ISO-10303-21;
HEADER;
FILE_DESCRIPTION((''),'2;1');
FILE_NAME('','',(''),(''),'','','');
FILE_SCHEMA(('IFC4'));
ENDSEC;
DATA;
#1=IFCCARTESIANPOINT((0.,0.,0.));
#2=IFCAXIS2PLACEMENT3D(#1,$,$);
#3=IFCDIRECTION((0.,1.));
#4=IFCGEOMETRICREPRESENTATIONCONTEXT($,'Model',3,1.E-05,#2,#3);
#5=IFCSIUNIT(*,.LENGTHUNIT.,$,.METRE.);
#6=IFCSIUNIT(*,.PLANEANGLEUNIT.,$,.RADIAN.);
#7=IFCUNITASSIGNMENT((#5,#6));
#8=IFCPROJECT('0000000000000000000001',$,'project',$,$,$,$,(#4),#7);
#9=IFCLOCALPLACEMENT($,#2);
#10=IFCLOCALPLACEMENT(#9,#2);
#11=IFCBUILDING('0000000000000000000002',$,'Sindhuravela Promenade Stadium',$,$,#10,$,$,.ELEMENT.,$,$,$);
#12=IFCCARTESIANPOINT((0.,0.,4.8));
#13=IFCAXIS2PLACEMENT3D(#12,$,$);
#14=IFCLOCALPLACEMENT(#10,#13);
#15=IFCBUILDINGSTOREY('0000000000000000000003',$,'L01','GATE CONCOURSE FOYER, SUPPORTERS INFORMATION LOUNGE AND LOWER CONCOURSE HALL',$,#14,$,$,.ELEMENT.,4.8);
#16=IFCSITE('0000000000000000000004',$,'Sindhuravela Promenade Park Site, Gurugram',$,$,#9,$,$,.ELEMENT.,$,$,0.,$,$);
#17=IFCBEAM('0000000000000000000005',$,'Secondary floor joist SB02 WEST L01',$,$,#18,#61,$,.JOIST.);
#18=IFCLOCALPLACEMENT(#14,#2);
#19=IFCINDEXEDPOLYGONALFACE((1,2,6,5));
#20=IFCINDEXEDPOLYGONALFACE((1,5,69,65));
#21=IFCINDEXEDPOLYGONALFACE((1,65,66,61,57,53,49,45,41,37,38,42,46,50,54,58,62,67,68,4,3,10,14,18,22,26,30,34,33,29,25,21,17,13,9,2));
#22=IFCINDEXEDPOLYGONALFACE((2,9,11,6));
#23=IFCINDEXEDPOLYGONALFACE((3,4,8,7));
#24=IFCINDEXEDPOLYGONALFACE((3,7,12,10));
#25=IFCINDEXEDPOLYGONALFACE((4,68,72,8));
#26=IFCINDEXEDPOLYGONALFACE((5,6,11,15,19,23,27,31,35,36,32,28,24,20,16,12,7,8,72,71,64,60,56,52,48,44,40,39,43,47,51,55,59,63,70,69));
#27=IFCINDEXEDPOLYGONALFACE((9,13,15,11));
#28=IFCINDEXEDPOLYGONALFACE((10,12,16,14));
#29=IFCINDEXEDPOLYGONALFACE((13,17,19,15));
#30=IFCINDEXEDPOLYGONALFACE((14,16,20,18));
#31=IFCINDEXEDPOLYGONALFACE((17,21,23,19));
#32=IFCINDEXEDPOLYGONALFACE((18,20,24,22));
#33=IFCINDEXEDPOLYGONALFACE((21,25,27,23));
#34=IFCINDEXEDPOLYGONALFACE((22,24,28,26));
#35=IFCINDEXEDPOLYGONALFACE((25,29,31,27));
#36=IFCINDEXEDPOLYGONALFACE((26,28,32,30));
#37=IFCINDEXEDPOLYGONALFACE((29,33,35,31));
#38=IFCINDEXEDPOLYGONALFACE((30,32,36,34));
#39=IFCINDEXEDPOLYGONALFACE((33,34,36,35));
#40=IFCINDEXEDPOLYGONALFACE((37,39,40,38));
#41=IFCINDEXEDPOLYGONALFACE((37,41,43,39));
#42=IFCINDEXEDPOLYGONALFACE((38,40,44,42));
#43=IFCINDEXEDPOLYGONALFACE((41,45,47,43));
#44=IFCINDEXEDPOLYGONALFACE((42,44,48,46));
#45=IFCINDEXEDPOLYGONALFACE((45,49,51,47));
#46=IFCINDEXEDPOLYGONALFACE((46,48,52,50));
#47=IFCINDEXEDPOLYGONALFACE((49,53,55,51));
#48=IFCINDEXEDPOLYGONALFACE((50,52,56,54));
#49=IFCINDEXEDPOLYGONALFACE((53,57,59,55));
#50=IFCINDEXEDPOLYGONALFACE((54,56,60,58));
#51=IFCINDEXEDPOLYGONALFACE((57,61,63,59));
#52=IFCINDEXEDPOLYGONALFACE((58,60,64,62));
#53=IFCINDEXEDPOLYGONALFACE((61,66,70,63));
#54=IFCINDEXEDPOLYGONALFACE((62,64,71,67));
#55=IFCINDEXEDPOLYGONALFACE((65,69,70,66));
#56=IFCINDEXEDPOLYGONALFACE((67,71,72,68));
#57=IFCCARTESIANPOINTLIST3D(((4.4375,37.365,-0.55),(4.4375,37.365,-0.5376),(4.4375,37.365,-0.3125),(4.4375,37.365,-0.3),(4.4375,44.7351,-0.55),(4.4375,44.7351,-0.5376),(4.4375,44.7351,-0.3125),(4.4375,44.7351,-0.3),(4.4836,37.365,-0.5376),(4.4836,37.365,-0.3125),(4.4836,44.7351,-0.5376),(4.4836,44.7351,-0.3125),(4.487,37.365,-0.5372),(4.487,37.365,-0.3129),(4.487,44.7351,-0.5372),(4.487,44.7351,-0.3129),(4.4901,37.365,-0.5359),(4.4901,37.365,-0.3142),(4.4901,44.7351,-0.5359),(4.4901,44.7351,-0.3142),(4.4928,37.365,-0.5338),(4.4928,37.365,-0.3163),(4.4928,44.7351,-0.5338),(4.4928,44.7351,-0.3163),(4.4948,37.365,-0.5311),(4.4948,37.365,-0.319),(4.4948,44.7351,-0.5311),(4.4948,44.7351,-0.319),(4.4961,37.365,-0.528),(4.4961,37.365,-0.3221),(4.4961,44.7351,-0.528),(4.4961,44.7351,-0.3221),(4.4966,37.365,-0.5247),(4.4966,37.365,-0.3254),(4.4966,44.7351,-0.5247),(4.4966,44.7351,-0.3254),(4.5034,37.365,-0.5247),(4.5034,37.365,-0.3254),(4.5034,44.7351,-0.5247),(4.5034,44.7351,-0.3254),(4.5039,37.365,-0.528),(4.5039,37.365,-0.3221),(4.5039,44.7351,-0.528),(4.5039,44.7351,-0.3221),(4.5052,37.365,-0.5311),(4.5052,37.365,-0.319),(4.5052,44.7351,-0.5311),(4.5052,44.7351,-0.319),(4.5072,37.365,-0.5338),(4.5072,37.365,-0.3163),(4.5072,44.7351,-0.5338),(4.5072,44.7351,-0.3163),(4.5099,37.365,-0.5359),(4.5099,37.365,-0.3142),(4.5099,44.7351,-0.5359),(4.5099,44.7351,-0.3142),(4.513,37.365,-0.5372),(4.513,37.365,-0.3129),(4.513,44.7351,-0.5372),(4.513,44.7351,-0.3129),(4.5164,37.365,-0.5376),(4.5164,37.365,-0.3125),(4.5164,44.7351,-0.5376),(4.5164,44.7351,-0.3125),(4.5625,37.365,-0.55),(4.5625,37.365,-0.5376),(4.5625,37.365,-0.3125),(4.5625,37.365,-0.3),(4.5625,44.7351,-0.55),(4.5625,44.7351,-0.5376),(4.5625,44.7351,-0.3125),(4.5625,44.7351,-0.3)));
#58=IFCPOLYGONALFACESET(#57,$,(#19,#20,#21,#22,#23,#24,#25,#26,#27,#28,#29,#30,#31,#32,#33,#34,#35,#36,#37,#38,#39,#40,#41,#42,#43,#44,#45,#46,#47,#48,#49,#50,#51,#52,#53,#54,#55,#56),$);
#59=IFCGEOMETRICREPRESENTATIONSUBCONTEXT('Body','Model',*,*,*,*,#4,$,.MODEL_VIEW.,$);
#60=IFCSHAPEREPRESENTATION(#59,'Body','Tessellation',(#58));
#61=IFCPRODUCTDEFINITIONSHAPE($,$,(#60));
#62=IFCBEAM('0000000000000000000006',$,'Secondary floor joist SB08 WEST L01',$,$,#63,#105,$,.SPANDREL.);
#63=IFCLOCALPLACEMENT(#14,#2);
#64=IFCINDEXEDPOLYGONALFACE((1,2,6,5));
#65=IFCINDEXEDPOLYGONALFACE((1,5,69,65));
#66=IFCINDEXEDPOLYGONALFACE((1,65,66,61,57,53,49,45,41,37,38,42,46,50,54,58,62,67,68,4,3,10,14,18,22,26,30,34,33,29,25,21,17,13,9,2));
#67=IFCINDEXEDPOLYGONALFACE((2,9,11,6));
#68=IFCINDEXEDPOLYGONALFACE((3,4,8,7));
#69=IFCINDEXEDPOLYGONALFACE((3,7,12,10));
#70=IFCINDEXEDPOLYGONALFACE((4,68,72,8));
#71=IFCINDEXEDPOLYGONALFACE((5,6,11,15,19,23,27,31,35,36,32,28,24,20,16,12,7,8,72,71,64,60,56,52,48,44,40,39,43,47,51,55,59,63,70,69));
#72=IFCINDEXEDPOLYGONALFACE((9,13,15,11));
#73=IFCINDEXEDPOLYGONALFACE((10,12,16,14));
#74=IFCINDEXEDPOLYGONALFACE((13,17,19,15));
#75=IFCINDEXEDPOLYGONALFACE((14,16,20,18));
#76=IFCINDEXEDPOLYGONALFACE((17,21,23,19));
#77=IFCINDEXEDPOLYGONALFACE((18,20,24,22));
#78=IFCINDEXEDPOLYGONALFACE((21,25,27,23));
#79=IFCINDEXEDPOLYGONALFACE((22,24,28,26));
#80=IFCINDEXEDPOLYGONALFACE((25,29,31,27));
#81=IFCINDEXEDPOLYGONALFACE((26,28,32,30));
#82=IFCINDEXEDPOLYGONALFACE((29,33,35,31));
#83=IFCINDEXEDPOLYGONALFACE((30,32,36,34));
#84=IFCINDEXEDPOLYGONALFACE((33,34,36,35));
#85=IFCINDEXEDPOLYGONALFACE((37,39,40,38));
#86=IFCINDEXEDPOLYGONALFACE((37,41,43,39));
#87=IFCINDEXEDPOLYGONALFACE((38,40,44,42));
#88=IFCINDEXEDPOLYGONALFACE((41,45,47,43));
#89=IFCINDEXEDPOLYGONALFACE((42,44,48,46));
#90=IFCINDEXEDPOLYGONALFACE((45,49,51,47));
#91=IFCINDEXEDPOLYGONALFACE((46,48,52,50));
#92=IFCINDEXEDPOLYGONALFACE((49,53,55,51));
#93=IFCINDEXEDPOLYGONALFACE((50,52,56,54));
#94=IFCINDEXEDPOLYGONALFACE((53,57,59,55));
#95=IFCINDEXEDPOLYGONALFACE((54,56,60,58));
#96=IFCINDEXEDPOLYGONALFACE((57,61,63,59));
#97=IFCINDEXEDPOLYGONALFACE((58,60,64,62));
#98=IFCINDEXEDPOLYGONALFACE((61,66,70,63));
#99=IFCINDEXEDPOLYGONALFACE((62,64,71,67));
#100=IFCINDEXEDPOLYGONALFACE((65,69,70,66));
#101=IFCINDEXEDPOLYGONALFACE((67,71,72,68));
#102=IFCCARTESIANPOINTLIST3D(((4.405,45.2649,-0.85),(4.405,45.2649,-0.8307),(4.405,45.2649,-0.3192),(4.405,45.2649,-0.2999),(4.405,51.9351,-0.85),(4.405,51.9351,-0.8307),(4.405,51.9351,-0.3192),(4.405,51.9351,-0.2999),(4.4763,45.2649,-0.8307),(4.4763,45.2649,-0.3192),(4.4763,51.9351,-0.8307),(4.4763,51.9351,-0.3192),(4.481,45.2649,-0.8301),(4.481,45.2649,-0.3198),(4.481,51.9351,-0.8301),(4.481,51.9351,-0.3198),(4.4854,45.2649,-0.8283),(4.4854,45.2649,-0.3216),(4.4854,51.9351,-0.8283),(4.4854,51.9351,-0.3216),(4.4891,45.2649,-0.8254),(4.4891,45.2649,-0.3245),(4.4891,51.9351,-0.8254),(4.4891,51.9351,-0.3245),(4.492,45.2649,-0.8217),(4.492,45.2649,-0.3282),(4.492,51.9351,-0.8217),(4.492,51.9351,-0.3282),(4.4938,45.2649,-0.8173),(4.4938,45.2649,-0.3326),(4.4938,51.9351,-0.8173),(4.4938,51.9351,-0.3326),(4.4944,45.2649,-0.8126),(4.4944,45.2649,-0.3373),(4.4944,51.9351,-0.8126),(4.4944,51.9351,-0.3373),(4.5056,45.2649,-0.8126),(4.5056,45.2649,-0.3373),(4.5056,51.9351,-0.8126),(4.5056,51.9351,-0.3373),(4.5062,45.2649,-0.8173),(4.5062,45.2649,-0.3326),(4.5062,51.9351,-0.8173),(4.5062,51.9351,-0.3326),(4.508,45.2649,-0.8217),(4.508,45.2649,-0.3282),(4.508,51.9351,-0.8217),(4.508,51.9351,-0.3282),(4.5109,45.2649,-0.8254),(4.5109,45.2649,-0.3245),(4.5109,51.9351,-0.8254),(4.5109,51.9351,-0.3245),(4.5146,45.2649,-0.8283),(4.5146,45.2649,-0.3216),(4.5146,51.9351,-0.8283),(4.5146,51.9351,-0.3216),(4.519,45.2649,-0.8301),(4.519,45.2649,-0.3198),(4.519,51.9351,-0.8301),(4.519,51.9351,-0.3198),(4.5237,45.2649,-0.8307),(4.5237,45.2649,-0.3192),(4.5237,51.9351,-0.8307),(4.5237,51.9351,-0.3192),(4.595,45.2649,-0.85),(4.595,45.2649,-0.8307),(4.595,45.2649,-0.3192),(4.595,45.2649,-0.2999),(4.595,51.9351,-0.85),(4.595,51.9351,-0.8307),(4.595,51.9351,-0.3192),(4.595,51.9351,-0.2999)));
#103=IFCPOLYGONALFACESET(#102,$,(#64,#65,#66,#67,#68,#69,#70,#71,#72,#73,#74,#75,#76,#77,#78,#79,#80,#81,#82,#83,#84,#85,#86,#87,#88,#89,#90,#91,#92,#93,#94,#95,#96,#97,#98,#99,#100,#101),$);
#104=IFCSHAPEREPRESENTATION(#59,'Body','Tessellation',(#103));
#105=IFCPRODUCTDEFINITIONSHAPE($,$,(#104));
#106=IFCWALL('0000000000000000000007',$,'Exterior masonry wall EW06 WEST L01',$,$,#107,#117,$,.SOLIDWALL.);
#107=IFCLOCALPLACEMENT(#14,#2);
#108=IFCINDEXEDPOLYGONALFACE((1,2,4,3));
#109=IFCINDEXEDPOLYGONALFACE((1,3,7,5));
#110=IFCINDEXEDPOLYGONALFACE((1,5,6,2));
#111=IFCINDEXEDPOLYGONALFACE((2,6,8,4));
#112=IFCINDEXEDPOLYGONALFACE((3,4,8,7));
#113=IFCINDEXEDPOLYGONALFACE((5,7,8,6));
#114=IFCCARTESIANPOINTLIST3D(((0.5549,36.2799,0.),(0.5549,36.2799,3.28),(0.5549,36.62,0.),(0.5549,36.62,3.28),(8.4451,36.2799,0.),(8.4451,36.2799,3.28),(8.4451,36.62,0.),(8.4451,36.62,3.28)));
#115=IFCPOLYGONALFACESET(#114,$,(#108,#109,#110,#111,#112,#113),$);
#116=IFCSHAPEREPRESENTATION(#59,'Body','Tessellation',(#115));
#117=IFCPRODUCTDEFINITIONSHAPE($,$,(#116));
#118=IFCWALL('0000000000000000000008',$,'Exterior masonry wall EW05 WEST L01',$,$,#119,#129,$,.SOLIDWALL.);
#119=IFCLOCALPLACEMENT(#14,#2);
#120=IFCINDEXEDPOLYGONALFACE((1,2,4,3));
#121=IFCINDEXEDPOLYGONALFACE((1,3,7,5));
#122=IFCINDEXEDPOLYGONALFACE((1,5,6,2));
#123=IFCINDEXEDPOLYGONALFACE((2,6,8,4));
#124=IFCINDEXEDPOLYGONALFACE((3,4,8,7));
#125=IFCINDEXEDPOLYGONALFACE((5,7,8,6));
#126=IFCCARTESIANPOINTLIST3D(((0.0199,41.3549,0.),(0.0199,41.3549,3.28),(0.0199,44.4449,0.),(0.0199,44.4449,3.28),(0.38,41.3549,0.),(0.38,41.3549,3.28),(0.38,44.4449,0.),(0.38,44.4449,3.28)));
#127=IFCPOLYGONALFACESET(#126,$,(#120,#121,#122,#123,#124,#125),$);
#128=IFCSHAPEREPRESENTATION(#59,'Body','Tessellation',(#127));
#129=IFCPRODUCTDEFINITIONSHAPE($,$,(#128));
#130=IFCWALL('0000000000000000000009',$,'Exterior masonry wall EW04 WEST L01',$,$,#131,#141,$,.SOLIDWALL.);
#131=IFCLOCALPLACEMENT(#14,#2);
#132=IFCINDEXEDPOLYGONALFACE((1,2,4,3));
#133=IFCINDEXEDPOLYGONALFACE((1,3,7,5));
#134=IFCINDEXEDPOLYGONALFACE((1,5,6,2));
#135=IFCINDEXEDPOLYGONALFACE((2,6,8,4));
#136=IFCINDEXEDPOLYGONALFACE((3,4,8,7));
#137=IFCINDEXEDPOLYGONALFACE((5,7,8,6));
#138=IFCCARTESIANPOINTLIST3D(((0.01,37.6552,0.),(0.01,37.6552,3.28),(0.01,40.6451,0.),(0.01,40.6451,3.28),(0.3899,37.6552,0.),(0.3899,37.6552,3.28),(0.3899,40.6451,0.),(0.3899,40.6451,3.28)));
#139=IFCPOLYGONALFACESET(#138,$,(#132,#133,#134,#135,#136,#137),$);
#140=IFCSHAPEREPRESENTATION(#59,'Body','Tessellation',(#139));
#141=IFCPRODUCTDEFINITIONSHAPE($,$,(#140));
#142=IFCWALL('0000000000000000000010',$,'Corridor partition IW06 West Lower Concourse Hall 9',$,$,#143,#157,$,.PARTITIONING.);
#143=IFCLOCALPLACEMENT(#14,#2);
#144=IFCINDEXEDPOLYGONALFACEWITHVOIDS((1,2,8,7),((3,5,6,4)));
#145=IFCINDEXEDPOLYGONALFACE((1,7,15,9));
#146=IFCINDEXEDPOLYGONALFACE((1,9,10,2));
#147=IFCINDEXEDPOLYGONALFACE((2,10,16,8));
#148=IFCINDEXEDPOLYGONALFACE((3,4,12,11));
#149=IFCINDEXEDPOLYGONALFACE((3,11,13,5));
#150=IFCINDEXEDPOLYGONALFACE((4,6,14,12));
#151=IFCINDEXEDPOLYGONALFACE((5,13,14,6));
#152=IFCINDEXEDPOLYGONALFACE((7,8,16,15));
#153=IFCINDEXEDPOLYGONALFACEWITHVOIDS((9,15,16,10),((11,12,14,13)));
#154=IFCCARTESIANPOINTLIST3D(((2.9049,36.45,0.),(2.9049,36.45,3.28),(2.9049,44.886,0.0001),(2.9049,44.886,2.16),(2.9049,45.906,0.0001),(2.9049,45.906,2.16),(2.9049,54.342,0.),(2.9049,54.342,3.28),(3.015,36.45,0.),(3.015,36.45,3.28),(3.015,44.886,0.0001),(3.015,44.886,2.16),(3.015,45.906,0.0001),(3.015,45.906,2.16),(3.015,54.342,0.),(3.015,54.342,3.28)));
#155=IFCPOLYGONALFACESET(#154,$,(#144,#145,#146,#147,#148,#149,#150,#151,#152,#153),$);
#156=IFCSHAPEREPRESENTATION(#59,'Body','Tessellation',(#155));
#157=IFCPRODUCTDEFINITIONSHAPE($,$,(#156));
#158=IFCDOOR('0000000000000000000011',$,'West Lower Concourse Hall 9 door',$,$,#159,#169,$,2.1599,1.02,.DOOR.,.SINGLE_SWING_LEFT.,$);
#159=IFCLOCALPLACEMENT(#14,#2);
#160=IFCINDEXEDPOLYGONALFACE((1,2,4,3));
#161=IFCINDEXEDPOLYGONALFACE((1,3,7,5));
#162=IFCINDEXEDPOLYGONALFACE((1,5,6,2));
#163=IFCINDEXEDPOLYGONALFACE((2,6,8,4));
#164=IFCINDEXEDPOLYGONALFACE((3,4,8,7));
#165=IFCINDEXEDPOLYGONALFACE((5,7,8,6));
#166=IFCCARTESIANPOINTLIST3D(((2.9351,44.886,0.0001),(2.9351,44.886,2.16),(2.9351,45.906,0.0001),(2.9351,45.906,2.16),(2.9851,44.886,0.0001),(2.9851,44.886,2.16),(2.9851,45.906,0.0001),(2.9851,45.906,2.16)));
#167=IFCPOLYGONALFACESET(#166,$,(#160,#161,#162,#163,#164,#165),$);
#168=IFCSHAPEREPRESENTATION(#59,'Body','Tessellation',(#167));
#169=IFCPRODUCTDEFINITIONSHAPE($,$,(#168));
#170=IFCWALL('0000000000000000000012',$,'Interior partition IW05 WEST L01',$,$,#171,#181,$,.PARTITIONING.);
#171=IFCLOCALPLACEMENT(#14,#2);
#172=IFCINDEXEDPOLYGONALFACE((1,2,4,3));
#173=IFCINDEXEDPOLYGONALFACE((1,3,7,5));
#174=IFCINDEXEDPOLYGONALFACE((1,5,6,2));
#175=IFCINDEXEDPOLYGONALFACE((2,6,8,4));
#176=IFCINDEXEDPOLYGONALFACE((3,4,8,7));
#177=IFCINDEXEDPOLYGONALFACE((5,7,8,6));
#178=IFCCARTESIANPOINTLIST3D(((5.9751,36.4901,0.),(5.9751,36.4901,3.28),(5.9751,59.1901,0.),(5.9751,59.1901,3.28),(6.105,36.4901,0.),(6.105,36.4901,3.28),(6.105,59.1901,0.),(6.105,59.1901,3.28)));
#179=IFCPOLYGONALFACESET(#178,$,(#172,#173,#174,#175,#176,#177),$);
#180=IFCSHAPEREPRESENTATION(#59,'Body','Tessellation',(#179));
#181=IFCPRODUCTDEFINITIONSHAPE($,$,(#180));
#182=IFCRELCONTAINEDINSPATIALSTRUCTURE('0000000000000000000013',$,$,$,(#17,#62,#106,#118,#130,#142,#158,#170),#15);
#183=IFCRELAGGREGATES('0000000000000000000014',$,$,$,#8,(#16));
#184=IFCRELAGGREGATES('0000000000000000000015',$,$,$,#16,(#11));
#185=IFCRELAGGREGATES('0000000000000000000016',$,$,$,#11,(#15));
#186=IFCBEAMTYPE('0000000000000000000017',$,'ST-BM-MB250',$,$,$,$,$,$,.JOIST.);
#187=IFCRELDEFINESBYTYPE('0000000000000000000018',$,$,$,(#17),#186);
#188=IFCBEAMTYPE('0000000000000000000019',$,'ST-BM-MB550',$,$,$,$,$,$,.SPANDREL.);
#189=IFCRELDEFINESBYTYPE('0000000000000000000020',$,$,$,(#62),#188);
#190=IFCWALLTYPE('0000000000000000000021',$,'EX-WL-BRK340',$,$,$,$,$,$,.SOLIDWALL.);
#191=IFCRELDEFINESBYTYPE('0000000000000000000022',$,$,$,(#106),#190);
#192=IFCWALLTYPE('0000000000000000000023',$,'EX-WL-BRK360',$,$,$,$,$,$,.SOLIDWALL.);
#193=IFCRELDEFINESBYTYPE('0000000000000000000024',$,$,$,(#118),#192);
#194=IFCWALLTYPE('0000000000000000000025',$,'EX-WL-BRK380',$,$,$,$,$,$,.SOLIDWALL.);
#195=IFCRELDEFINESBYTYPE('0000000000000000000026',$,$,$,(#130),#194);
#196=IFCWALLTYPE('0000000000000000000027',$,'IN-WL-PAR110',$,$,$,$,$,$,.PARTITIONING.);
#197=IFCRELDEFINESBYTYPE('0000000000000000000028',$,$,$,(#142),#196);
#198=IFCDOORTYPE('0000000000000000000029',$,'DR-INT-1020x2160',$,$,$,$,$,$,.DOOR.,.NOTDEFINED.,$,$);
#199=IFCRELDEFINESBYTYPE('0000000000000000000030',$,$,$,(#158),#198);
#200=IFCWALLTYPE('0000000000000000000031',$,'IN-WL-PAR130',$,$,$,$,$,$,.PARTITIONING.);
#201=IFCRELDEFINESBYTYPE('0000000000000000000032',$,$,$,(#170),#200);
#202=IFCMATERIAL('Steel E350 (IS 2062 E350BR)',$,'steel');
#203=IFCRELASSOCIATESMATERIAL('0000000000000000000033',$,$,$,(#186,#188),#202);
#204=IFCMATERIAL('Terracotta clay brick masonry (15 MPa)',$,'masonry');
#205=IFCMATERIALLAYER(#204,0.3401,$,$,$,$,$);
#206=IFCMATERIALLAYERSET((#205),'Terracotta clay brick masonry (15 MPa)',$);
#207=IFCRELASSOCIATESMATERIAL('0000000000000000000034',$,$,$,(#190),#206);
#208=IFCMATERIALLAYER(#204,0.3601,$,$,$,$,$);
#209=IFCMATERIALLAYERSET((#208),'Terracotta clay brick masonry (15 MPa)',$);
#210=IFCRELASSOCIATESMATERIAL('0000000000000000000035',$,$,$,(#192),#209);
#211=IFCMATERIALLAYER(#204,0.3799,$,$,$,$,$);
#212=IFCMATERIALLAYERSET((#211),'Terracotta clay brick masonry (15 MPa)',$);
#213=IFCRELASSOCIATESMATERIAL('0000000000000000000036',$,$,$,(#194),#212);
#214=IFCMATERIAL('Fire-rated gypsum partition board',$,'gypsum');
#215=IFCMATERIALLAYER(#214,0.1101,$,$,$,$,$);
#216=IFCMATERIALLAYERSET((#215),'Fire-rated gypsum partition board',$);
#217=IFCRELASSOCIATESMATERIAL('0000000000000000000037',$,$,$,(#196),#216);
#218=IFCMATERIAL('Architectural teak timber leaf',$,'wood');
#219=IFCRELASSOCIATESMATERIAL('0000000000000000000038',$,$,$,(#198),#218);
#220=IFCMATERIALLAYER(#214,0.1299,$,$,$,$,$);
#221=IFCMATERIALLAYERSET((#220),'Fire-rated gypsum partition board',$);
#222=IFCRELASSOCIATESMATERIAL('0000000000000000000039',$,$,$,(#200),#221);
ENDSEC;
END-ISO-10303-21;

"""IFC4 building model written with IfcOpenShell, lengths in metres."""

from ifc_helpers import new_model, si_unit, direction, frame, frame_2d, origin, origin_2d, place, context, subcontext, project, spatial, rectangle, i_section, extrude, material, layer, layer_set, material_profile, profile_set, type_object, element, fill, save


model = new_model("IFC4")

# Units and contexts
model_context = context("Model", 3, precision=1e-05, world=origin(), true_north=direction((0.0, 1.0)))
body_context = subcontext(model_context, "Body", "Model", "MODEL_VIEW")
ifc_project = project(units=[si_unit("LENGTHUNIT", "METRE"), si_unit("PLANEANGLEUNIT", "RADIAN")], contexts=[model_context])

# Site, building, storey
site_placement = place(None, origin())
site = spatial("IfcSite", under=ifc_project, at=site_placement, Name="Sindhuravela Promenade Park Site, Gurugram", CompositionType="ELEMENT", RefElevation=0.0)
building_placement = place(site_placement, origin())
building = spatial("IfcBuilding", under=site, at=building_placement, Name="Sindhuravela Promenade Stadium", CompositionType="ELEMENT")
storey_placement = place(building_placement, frame((0.0, 0.0, 4.8)))
storey = spatial("IfcBuildingStorey", under=building, at=storey_placement, Name="L01", Description="GATE CONCOURSE FOYER, SUPPORTERS INFORMATION LOUNGE AND LOWER CONCOURSE HALL", CompositionType="ELEMENT", Elevation=4.8)

# Beams
ifc_material_1 = material(Name="Steel E350 (IS 2062 E350BR)", Category="steel")
ifc_material_profile_1 = material_profile(ifc_material_1, i_section(OverallWidth=0.125, OverallDepth=0.25, WebThickness=0.0068, FlangeThickness=0.0125, FilletRadius=0.0129, at=origin_2d()), Name="ISMB 250")
ifc_profile_set_1 = profile_set([ifc_material_profile_1], Name="Steel E350 (IS 2062 E350BR)")
beam_type_1 = type_object("IfcBeamType", Name="ST-BM-MB250", PredefinedType="JOIST", material=ifc_profile_set_1)
beam_1_placement = place(storey_placement, frame((4.5, 37.365, -0.425), z_axis=(0.0, 1.0, 0.0), x_axis=(-1.0, 0.0, 0.0)))
element("IfcBeam", 1, at=beam_1_placement, inside=storey, type_object=beam_type_1, Name="Secondary floor joist SB02 WEST L01", PredefinedType="JOIST", context=body_context, shape_type="SweptSolid", body=[
    extrude(i_section(OverallWidth=0.125, OverallDepth=0.25, WebThickness=0.0068, FlangeThickness=0.0125, FilletRadius=0.0129, at=origin_2d()), origin(), (0.0, 0.0, 1.0), 7.3701),
])
ifc_material_profile_2 = material_profile(ifc_material_1, i_section(OverallWidth=0.1899, OverallDepth=0.55, WebThickness=0.0112, FlangeThickness=0.0193, FilletRadius=0.0181, at=origin_2d()), Name="ISMB 550")
ifc_profile_set_2 = profile_set([ifc_material_profile_2], Name="Steel E350 (IS 2062 E350BR)")
beam_type_2 = type_object("IfcBeamType", Name="ST-BM-MB550", PredefinedType="SPANDREL", material=ifc_profile_set_2)
beam_2_placement = place(storey_placement, frame((4.5, 45.2649, -0.575), z_axis=(0.0, 1.0, 0.0), x_axis=(-1.0, 0.0, 0.0)))
element("IfcBeam", 2, at=beam_2_placement, inside=storey, type_object=beam_type_2, Name="Secondary floor joist SB08 WEST L01", PredefinedType="SPANDREL", context=body_context, shape_type="SweptSolid", body=[
    extrude(i_section(OverallWidth=0.1899, OverallDepth=0.55, WebThickness=0.0112, FlangeThickness=0.0193, FilletRadius=0.0181, at=origin_2d()), origin(), (0.0, 0.0, 1.0), 6.6702),
])

# Walls
ifc_material_2 = material(Name="Terracotta clay brick masonry (15 MPa)", Category="masonry")
ifc_layer_1 = layer(ifc_material_2, 0.3401)
ifc_layer_set_1 = layer_set([ifc_layer_1], Name="Terracotta clay brick masonry (15 MPa)")
wall_type_1 = type_object("IfcWallType", Name="EX-WL-BRK340", PredefinedType="SOLIDWALL", material=ifc_layer_set_1)
wall_1_placement = place(storey_placement, frame((8.4451, 36.45, 0.0), z_axis=(0.0, 0.0, 1.0), x_axis=(-1.0, 0.0, 0.0)))
element("IfcWall", 3, at=wall_1_placement, inside=storey, type_object=wall_type_1, Name="Exterior masonry wall EW06 WEST L01", PredefinedType="SOLIDWALL", context=body_context, shape_type="SweptSolid", body=[
    extrude(rectangle(XDim=7.8901, YDim=0.3401, at=frame_2d((3.9451, 0.0))), origin(), (0.0, 0.0, 1.0), 3.28),
])
ifc_layer_2 = layer(ifc_material_2, 0.3601)
ifc_layer_set_2 = layer_set([ifc_layer_2], Name="Terracotta clay brick masonry (15 MPa)")
wall_type_2 = type_object("IfcWallType", Name="EX-WL-BRK360", PredefinedType="SOLIDWALL", material=ifc_layer_set_2)
wall_2_placement = place(storey_placement, frame((0.2, 41.355, 0.0), z_axis=(0.0, 0.0, 1.0), x_axis=(0.0, 1.0, 0.0)))
element("IfcWall", 4, at=wall_2_placement, inside=storey, type_object=wall_type_2, Name="Exterior masonry wall EW05 WEST L01", PredefinedType="SOLIDWALL", context=body_context, shape_type="SweptSolid", body=[
    extrude(rectangle(XDim=3.0901, YDim=0.3601, at=frame_2d((1.5449, 0.0))), origin(), (0.0, 0.0, 1.0), 3.28),
])
ifc_layer_3 = layer(ifc_material_2, 0.3799)
ifc_layer_set_3 = layer_set([ifc_layer_3], Name="Terracotta clay brick masonry (15 MPa)")
wall_type_3 = type_object("IfcWallType", Name="EX-WL-BRK380", PredefinedType="SOLIDWALL", material=ifc_layer_set_3)
wall_3_placement = place(storey_placement, frame((0.2, 37.655, 0.0), z_axis=(0.0, 0.0, 1.0), x_axis=(0.0, 1.0, 0.0)))
element("IfcWall", 5, at=wall_3_placement, inside=storey, type_object=wall_type_3, Name="Exterior masonry wall EW04 WEST L01", PredefinedType="SOLIDWALL", context=body_context, shape_type="SweptSolid", body=[
    extrude(rectangle(XDim=2.99, YDim=0.3799, at=frame_2d((1.4951, 0.0))), origin(), (0.0, 0.0, 1.0), 3.28),
])

# Wall, opening, door
ifc_material_3 = material(Name="Fire-rated gypsum partition board", Category="gypsum")
ifc_layer_4 = layer(ifc_material_3, 0.1101)
ifc_layer_set_4 = layer_set([ifc_layer_4], Name="Fire-rated gypsum partition board")
wall_type_4 = type_object("IfcWallType", Name="IN-WL-PAR110", PredefinedType="PARTITIONING", material=ifc_layer_set_4)
wall_4_placement = place(storey_placement, frame((2.96, 36.45, 0.0), z_axis=(0.0, 0.0, 1.0), x_axis=(0.0, 1.0, 0.0)))
wall_4 = element("IfcWall", 6, at=wall_4_placement, inside=storey, type_object=wall_type_4, Name="Corridor partition IW06 West Lower Concourse Hall 9", PredefinedType="PARTITIONING", context=body_context, shape_type="SweptSolid", body=[
    extrude(rectangle(XDim=17.8921, YDim=0.1101, at=frame_2d((8.946, 0.0))), origin(), (0.0, 0.0, 1.0), 3.28),
])
opening_placement = place(wall_4_placement, frame((8.436, 0.0, 0.0)))
opening = element("IfcOpeningElement", 7, at=opening_placement, cuts=wall_4, PredefinedType="OPENING", context=body_context, shape_type="SweptSolid", body=[
    extrude(rectangle(XDim=1.02, YDim=2.1599, at=frame_2d((0.51, 1.0801))), frame((0.0, 0.0649, 0.0), z_axis=(0.0, -1.0, 0.0), x_axis=(1.0, 0.0, 0.0)), (0.0, 0.0, 1.0), 0.1301),
])
ifc_material_4 = material(Name="Architectural teak timber leaf", Category="wood")
door_type = type_object("IfcDoorType", Name="DR-INT-1020x2160", OperationType="NOTDEFINED", PredefinedType="DOOR", material=ifc_material_4)
door_placement = place(opening_placement, origin())
door = element("IfcDoor", 8, at=door_placement, inside=storey, type_object=door_type, Name="West Lower Concourse Hall 9 door", OperationType="SINGLE_SWING_LEFT", OverallHeight=2.1599, OverallWidth=1.02, PredefinedType="DOOR", context=body_context, shape_type="SweptSolid", body=[
    extrude(rectangle(XDim=1.02, YDim=2.1599, at=frame_2d((0.51, 1.0801))), frame((0.0, 0.0249, 0.0), z_axis=(0.0, -1.0, 0.0), x_axis=(1.0, 0.0, 0.0)), (0.0, 0.0, 1.0), 0.05),
])
fill(opening, door)

# Wall
ifc_layer_5 = layer(ifc_material_3, 0.1299)
ifc_layer_set_5 = layer_set([ifc_layer_5], Name="Fire-rated gypsum partition board")
wall_type_5 = type_object("IfcWallType", Name="IN-WL-PAR130", PredefinedType="PARTITIONING", material=ifc_layer_set_5)
wall_5_placement = place(storey_placement, frame((6.04, 36.49, 0.0), z_axis=(0.0, 0.0, 1.0), x_axis=(0.0, 1.0, 0.0)))
element("IfcWall", 9, at=wall_5_placement, inside=storey, type_object=wall_type_5, Name="Interior partition IW05 WEST L01", PredefinedType="PARTITIONING", context=body_context, shape_type="SweptSolid", body=[
    extrude(rectangle(XDim=22.7, YDim=0.1299, at=frame_2d((11.3501, 0.0))), origin(), (0.0, 0.0, 1.0), 3.28),
])

save(model, "model.ifc")
